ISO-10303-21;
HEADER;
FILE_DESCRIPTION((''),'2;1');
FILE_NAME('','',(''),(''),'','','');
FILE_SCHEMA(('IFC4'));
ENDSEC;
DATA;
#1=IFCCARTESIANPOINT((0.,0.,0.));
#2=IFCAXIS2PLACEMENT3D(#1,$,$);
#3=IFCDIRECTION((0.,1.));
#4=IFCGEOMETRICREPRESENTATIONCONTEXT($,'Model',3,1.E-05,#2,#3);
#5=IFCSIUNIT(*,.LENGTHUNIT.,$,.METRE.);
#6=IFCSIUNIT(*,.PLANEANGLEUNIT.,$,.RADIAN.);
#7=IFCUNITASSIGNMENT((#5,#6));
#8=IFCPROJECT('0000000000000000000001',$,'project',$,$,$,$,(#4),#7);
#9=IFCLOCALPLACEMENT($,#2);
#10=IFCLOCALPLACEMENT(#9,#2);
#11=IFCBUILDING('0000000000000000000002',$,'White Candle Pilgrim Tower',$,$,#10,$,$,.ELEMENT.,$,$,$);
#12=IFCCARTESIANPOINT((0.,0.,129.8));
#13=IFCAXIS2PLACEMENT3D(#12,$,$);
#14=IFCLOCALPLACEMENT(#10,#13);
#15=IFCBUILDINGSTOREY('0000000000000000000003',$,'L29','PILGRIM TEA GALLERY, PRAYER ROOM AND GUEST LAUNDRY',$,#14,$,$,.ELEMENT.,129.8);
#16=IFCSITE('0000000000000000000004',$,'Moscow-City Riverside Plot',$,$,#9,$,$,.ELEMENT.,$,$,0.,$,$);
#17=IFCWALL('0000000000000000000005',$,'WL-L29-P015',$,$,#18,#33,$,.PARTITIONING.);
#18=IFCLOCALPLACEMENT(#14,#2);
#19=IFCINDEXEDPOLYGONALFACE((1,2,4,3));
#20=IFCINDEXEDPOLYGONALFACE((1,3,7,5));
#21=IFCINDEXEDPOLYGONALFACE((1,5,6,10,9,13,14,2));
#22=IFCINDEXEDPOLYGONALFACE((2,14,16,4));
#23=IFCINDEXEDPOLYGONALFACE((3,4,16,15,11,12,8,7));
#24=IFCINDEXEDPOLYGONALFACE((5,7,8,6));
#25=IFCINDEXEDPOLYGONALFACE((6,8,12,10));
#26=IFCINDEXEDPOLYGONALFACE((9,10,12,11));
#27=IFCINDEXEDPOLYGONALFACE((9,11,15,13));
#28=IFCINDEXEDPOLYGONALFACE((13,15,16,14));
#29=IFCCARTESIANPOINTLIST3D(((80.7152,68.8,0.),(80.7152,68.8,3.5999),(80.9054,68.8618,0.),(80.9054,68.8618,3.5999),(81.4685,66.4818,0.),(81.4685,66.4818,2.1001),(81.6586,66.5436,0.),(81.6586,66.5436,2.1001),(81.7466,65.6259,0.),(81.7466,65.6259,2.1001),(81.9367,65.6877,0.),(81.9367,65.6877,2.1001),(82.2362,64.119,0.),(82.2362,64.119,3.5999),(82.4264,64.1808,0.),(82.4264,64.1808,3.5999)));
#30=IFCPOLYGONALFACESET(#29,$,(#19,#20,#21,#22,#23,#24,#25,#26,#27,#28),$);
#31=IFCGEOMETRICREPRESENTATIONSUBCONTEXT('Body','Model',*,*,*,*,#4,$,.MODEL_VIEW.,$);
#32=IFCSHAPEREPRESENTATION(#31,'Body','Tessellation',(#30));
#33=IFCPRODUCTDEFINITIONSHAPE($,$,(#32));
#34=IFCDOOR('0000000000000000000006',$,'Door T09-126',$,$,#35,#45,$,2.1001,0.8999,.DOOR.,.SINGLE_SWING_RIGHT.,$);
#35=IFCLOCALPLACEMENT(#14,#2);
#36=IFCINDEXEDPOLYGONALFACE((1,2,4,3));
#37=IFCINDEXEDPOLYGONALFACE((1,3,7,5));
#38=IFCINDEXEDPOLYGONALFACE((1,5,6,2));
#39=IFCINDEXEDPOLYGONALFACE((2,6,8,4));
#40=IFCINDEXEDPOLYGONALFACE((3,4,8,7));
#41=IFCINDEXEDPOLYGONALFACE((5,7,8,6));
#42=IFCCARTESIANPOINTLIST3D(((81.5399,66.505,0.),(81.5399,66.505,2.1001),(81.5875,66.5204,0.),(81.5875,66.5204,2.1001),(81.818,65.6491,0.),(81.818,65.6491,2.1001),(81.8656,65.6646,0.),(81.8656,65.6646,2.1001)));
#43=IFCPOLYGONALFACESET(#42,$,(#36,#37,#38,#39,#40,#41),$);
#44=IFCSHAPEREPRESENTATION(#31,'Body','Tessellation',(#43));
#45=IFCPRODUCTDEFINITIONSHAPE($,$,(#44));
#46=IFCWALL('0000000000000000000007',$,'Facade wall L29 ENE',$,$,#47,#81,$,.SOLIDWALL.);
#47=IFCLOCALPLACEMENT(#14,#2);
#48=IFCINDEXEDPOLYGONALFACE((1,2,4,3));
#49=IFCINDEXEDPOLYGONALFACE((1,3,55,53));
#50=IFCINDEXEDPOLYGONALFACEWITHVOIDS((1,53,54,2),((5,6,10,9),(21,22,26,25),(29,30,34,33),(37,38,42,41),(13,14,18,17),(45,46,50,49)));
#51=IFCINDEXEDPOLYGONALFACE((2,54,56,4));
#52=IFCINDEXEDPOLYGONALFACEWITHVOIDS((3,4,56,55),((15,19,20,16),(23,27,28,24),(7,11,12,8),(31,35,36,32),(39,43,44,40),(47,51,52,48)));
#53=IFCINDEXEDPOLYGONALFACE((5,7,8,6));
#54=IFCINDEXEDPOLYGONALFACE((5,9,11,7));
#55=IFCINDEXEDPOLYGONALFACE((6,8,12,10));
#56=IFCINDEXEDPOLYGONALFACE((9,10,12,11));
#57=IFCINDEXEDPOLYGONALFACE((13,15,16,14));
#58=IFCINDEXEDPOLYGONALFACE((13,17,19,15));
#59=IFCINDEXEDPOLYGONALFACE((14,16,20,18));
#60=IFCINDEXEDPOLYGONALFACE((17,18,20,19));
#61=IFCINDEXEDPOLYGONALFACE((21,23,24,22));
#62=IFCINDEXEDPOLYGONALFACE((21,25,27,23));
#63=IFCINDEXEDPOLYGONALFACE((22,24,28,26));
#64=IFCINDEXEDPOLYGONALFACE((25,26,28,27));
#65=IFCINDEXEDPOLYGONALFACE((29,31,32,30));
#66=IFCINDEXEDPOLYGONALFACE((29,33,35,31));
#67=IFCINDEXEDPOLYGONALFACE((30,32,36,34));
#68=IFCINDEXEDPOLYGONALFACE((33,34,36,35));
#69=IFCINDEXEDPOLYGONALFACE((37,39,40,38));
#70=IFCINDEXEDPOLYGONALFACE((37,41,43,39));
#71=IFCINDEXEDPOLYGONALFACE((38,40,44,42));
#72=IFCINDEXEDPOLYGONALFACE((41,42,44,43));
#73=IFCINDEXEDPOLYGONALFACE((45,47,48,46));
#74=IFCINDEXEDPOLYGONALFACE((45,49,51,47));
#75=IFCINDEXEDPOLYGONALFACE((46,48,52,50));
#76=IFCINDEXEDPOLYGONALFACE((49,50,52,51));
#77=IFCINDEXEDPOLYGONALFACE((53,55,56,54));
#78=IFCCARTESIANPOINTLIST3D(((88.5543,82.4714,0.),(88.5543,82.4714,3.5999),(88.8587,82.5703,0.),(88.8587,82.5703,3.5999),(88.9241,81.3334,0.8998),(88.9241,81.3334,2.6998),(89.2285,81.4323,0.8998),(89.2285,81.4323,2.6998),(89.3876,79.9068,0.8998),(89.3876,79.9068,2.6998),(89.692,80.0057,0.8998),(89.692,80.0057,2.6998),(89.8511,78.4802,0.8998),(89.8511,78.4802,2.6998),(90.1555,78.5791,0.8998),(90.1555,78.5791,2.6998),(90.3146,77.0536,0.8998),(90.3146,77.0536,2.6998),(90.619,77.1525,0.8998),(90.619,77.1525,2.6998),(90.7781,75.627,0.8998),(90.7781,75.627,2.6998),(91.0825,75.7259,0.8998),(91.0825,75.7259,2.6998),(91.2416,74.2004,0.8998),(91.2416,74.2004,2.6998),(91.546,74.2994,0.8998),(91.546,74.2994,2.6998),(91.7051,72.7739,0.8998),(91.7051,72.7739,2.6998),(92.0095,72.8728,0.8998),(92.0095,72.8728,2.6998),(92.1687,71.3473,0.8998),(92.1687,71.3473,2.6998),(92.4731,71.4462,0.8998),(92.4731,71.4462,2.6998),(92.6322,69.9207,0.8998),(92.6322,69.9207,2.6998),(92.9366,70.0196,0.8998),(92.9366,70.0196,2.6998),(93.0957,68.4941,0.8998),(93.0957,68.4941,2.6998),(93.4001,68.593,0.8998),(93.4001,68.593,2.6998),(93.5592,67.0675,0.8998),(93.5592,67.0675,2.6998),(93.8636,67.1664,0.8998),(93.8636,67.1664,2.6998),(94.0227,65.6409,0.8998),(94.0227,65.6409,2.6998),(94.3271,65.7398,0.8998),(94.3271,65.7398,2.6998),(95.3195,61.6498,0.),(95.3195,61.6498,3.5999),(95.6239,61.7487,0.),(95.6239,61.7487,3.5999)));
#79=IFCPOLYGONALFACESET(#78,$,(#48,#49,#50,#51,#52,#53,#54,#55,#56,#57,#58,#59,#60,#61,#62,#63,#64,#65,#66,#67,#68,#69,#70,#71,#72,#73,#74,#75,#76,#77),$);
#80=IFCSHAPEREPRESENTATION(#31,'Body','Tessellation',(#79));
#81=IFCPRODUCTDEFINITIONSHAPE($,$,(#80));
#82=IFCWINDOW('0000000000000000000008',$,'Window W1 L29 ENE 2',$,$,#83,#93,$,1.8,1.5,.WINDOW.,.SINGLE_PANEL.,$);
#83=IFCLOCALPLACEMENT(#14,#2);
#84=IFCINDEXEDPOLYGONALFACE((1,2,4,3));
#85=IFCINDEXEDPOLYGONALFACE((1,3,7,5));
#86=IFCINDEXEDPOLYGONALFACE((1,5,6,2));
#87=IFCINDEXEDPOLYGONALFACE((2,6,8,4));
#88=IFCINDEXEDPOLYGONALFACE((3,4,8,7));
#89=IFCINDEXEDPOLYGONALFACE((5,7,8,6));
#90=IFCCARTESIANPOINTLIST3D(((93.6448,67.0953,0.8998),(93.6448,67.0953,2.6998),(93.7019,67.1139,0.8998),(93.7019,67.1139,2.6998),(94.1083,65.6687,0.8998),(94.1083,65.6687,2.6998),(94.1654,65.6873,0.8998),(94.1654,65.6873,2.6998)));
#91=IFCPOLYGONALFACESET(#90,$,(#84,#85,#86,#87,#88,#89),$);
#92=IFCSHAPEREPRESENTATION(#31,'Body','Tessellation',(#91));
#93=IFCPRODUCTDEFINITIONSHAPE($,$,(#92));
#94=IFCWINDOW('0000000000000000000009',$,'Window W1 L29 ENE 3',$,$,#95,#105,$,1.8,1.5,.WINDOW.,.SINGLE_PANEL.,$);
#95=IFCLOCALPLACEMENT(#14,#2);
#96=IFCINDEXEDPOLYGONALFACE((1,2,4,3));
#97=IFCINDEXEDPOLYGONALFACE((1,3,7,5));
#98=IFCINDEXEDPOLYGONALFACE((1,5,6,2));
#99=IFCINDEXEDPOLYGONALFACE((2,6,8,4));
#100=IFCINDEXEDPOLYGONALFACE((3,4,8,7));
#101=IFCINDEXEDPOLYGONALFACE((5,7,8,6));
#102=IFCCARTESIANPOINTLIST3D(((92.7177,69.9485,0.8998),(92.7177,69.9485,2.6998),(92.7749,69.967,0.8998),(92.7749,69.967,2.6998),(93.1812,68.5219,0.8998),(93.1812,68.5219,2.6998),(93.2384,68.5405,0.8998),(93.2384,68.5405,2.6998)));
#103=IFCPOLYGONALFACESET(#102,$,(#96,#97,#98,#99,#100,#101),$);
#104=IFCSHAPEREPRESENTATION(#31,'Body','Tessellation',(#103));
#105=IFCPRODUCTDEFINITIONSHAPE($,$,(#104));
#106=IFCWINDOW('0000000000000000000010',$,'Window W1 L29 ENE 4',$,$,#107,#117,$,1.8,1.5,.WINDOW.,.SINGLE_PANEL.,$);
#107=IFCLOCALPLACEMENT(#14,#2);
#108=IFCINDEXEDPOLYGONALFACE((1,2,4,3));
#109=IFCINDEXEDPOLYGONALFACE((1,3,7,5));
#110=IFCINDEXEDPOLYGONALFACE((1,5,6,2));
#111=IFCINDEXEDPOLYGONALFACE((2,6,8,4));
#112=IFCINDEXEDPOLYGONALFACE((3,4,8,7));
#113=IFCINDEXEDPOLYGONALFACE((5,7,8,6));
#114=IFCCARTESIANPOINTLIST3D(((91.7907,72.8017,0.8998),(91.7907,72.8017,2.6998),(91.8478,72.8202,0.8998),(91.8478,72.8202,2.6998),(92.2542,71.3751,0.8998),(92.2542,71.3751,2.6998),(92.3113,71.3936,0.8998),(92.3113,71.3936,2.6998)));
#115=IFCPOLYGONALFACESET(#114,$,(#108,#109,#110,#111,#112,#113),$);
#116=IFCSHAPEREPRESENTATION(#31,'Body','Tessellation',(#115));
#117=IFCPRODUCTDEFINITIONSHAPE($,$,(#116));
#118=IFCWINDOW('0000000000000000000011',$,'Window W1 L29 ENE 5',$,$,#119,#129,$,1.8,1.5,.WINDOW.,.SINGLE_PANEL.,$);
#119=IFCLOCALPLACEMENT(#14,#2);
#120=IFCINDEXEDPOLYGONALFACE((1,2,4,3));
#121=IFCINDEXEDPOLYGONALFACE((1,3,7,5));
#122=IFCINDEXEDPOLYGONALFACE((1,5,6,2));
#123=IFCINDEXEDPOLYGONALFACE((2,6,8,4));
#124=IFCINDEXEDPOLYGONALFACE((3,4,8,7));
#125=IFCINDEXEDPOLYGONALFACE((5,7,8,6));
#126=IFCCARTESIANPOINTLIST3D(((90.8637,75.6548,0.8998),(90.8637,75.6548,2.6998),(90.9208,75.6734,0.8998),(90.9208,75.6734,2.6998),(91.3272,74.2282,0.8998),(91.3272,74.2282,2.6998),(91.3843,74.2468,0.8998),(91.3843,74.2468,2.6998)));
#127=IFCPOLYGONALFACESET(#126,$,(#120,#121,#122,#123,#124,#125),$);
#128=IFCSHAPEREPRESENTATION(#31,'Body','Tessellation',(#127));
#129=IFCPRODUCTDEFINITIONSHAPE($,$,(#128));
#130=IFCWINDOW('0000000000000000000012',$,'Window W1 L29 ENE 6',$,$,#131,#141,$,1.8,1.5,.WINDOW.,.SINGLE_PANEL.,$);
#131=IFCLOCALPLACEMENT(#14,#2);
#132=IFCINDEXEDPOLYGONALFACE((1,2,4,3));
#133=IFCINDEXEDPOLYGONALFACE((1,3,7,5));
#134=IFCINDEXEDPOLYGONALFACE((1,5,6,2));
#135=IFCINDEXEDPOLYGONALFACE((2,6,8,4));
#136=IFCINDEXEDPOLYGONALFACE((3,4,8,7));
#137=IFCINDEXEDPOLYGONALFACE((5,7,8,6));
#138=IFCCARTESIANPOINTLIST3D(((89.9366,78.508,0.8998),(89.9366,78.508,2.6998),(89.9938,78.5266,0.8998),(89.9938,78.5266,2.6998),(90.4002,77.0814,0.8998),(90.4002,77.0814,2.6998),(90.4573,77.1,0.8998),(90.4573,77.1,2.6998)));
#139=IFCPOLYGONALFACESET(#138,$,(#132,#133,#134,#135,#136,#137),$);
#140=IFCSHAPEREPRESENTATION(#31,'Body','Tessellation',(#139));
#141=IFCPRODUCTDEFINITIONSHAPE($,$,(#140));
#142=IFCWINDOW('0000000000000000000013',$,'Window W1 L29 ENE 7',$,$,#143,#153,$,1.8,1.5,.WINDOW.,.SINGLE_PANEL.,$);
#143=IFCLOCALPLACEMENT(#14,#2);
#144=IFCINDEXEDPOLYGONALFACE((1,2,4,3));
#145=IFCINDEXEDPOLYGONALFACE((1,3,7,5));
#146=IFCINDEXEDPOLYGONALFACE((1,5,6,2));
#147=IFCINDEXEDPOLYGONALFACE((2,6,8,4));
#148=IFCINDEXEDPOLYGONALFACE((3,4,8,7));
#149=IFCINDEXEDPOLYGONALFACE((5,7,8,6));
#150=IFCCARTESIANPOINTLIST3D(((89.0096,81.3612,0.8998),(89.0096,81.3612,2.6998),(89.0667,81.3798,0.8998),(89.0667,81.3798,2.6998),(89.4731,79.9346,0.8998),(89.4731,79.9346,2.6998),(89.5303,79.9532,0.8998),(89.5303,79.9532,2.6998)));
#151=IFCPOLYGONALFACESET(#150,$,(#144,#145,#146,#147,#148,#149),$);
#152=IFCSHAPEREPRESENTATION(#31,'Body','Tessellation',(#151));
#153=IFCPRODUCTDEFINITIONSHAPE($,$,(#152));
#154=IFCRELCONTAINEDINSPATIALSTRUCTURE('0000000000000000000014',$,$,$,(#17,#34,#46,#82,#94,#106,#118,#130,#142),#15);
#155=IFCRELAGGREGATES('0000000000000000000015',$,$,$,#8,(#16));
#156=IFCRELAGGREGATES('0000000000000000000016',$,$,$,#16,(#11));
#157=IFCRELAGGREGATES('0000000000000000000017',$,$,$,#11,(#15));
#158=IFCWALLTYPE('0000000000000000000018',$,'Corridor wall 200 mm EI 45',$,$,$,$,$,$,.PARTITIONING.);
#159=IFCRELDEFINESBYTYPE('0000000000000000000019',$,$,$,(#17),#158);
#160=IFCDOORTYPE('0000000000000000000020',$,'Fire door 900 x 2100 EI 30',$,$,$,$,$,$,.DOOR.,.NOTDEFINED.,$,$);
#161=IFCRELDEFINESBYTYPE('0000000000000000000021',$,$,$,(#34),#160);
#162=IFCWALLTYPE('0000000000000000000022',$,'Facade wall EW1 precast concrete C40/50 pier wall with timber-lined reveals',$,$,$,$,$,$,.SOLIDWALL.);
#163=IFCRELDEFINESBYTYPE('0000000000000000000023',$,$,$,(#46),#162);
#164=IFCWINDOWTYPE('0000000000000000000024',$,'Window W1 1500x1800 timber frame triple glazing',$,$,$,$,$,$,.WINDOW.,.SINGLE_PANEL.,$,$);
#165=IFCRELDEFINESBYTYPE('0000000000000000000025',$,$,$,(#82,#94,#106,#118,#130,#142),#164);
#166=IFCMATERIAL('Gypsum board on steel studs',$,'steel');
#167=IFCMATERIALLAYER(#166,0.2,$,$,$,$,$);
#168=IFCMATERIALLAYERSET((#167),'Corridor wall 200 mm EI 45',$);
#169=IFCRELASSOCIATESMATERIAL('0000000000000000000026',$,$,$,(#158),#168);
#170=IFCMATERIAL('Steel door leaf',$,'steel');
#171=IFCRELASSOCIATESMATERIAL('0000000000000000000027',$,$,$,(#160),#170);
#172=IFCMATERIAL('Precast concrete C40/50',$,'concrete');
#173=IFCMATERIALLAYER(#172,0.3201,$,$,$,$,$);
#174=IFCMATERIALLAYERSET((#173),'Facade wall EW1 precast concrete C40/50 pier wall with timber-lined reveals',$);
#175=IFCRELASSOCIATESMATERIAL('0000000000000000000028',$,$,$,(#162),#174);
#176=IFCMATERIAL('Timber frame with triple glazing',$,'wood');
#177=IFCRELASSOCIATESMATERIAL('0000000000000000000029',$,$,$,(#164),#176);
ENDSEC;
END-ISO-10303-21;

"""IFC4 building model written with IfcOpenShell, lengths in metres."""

from ifc_helpers import new_model, si_unit, direction, frame, frame_2d, origin, place, context, subcontext, project, spatial, rectangle, extrude, material, layer, layer_set, type_object, element, fill, save


model = new_model("IFC4")

# Units and contexts
model_context = context("Model", 3, precision=1e-05, world=origin(), true_north=direction((0.0, 1.0)))
body_context = subcontext(model_context, "Body", "Model", "MODEL_VIEW")
ifc_project = project(units=[si_unit("LENGTHUNIT", "METRE"), si_unit("PLANEANGLEUNIT", "RADIAN")], contexts=[model_context])

# Site, building, storey
site_placement = place(None, origin())
site = spatial("IfcSite", under=ifc_project, at=site_placement, Name="Moscow-City Riverside Plot", CompositionType="ELEMENT", RefElevation=0.0)
building_placement = place(site_placement, origin())
building = spatial("IfcBuilding", under=site, at=building_placement, Name="White Candle Pilgrim Tower", CompositionType="ELEMENT")
storey_placement = place(building_placement, frame((0.0, 0.0, 129.8)))
storey = spatial("IfcBuildingStorey", under=building, at=storey_placement, Name="L29", Description="PILGRIM TEA GALLERY, PRAYER ROOM AND GUEST LAUNDRY", CompositionType="ELEMENT", Elevation=129.8)

# Shared definitions
ifc_material_1 = material(Name="Gypsum board on steel studs", Category="steel")
ifc_layer_1 = layer(ifc_material_1, 0.2)
ifc_layer_set_1 = layer_set([ifc_layer_1], Name="Corridor wall 200 mm EI 45")
wall_type_1 = type_object("IfcWallType", Name="Corridor wall 200 mm EI 45", PredefinedType="PARTITIONING", material=ifc_layer_set_1)
ifc_material_2 = material(Name="Steel door leaf", Category="steel")
door_type_1 = type_object("IfcDoorType", Name="Fire door 900 x 2100 EI 30", OperationType="NOTDEFINED", PredefinedType="DOOR", material=ifc_material_2)

# Wall, opening, door
wall_1_placement = place(storey_placement, frame((82.3313, 64.1499, 0.0), z_axis=(0.0, 0.0, 1.0), x_axis=(-0.309031, 0.951052, 0.0)))
wall_1 = element("IfcWall", 1, at=wall_1_placement, inside=storey, type_object=wall_type_1, Name="WL-L29-P015", PredefinedType="PARTITIONING", context=body_context, shape_type="SweptSolid", body=[
    extrude(rectangle(XDim=4.9219, YDim=0.2, at=frame_2d((2.4609, 0.0))), origin(), (0.0, 0.0, 1.0), 3.5999),
])
opening_1_placement = place(wall_1_placement, frame((1.5845, 0.0, 0.0)))
opening_1 = element("IfcOpeningElement", 2, at=opening_1_placement, cuts=wall_1, PredefinedType="OPENING", context=body_context, shape_type="SweptSolid", body=[
    extrude(rectangle(XDim=0.8999, YDim=2.1001, at=frame_2d((0.45, 1.05))), frame((0.0, 0.1099, 0.0), z_axis=(0.0, -1.0, 0.0), x_axis=(1.0, 0.0, 0.0)), (0.0, 0.0, 1.0), 0.22),
])
door_1_placement = place(opening_1_placement, origin())
door_1 = element("IfcDoor", 3, at=door_1_placement, inside=storey, type_object=door_type_1, Name="Door T09-126", OperationType="SINGLE_SWING_RIGHT", OverallHeight=2.1001, OverallWidth=0.8999, PredefinedType="DOOR", context=body_context, shape_type="SweptSolid", body=[
    extrude(rectangle(XDim=0.8999, YDim=2.1001, at=frame_2d((0.45, 1.05))), frame((0.0, 0.0249, 0.0), z_axis=(0.0, -1.0, 0.0), x_axis=(1.0, 0.0, 0.0)), (0.0, 0.0, 1.0), 0.05),
])
fill(opening_1, door_1)

# Wall, openings, windows
ifc_material_3 = material(Name="Precast concrete C40/50", Category="concrete")
ifc_layer_2 = layer(ifc_material_3, 0.3201)
ifc_layer_set_2 = layer_set([ifc_layer_2], Name="Facade wall EW1 precast concrete C40/50 pier wall with timber-lined reveals")
wall_type_2 = type_object("IfcWallType", Name="Facade wall EW1 precast concrete C40/50 pier wall with timber-lined reveals", PredefinedType="SOLIDWALL", material=ifc_layer_set_2)
wall_2_placement = place(storey_placement, frame((95.4717, 61.6992, 0.0), z_axis=(0.0, 0.0, 1.0), x_axis=(-0.309009, 0.951059, 0.0)))
wall_2 = element("IfcWall", 4, at=wall_2_placement, inside=storey, type_object=wall_type_2, Name="Facade wall L29 ENE", PredefinedType="SOLIDWALL", context=body_context, shape_type="SweptSolid", body=[
    extrude(rectangle(XDim=21.8931, YDim=0.3201, at=frame_2d((10.9465, 0.0))), origin(), (0.0, 0.0, 1.0), 3.5999),
])
opening_2_placement = place(wall_2_placement, frame((4.1965, 0.0, 0.8999)))
opening_2 = element("IfcOpeningElement", 5, at=opening_2_placement, cuts=wall_2, PredefinedType="OPENING", context=body_context, shape_type="SweptSolid", body=[
    extrude(rectangle(XDim=1.5, YDim=1.8, at=frame_2d((0.75, 0.8999))), frame((0.0, 0.1699, 0.0), z_axis=(0.0, -1.0, 0.0), x_axis=(1.0, 0.0, 0.0)), (0.0, 0.0, 1.0), 0.3401),
])
opening_3_placement = place(wall_2_placement, frame((7.1965, 0.0, 0.8999)))
opening_3 = element("IfcOpeningElement", 6, at=opening_3_placement, cuts=wall_2, PredefinedType="OPENING", context=body_context, shape_type="SweptSolid", body=[
    extrude(rectangle(XDim=1.5, YDim=1.8, at=frame_2d((0.75, 0.8999))), frame((0.0, 0.1699, 0.0), z_axis=(0.0, -1.0, 0.0), x_axis=(1.0, 0.0, 0.0)), (0.0, 0.0, 1.0), 0.3401),
])
opening_4_placement = place(wall_2_placement, frame((10.1965, 0.0, 0.8999)))
opening_4 = element("IfcOpeningElement", 7, at=opening_4_placement, cuts=wall_2, PredefinedType="OPENING", context=body_context, shape_type="SweptSolid", body=[
    extrude(rectangle(XDim=1.5, YDim=1.8, at=frame_2d((0.75, 0.8999))), frame((0.0, 0.1699, 0.0), z_axis=(0.0, -1.0, 0.0), x_axis=(1.0, 0.0, 0.0)), (0.0, 0.0, 1.0), 0.3401),
])
opening_5_placement = place(wall_2_placement, frame((13.1965, 0.0, 0.8999)))
opening_5 = element("IfcOpeningElement", 8, at=opening_5_placement, cuts=wall_2, PredefinedType="OPENING", context=body_context, shape_type="SweptSolid", body=[
    extrude(rectangle(XDim=1.5, YDim=1.8, at=frame_2d((0.75, 0.8999))), frame((0.0, 0.1699, 0.0), z_axis=(0.0, -1.0, 0.0), x_axis=(1.0, 0.0, 0.0)), (0.0, 0.0, 1.0), 0.3401),
])
opening_6_placement = place(wall_2_placement, frame((16.1965, 0.0, 0.8999)))
opening_6 = element("IfcOpeningElement", 9, at=opening_6_placement, cuts=wall_2, PredefinedType="OPENING", context=body_context, shape_type="SweptSolid", body=[
    extrude(rectangle(XDim=1.5, YDim=1.8, at=frame_2d((0.75, 0.8999))), frame((0.0, 0.1699, 0.0), z_axis=(0.0, -1.0, 0.0), x_axis=(1.0, 0.0, 0.0)), (0.0, 0.0, 1.0), 0.3401),
])
opening_7_placement = place(wall_2_placement, frame((19.1965, 0.0, 0.8999)))
opening_7 = element("IfcOpeningElement", 10, at=opening_7_placement, cuts=wall_2, PredefinedType="OPENING", context=body_context, shape_type="SweptSolid", body=[
    extrude(rectangle(XDim=1.5, YDim=1.8, at=frame_2d((0.75, 0.8999))), frame((0.0, 0.1699, 0.0), z_axis=(0.0, -1.0, 0.0), x_axis=(1.0, 0.0, 0.0)), (0.0, 0.0, 1.0), 0.3401),
])
ifc_material_4 = material(Name="Timber frame with triple glazing", Category="wood")
window_type = type_object("IfcWindowType", Name="Window W1 1500x1800 timber frame triple glazing", PartitioningType="SINGLE_PANEL", PredefinedType="WINDOW", material=ifc_material_4)
window_1_placement = place(opening_2_placement, origin())
window_1 = element("IfcWindow", 11, at=window_1_placement, inside=storey, type_object=window_type, Name="Window W1 L29 ENE 2", OverallHeight=1.8, OverallWidth=1.5, PartitioningType="SINGLE_PANEL", PredefinedType="WINDOW", context=body_context, shape_type="SweptSolid", body=[
    extrude(rectangle(XDim=1.5, YDim=1.8, at=frame_2d((0.75, 0.8999))), frame((0.0, 0.0701, 0.0), z_axis=(0.0, -1.0, 0.0), x_axis=(1.0, 0.0, 0.0)), (0.0, 0.0, 1.0), 0.0601),
])
fill(opening_2, window_1)
window_2_placement = place(opening_3_placement, origin())
window_2 = element("IfcWindow", 12, at=window_2_placement, inside=storey, type_object=window_type, Name="Window W1 L29 ENE 3", OverallHeight=1.8, OverallWidth=1.5, PartitioningType="SINGLE_PANEL", PredefinedType="WINDOW", context=body_context, shape_type="SweptSolid", body=[
    extrude(rectangle(XDim=1.5, YDim=1.8, at=frame_2d((0.75, 0.8999))), frame((0.0, 0.0701, 0.0), z_axis=(0.0, -1.0, 0.0), x_axis=(1.0, 0.0, 0.0)), (0.0, 0.0, 1.0), 0.0601),
])
fill(opening_3, window_2)
window_3_placement = place(opening_4_placement, origin())
window_3 = element("IfcWindow", 13, at=window_3_placement, inside=storey, type_object=window_type, Name="Window W1 L29 ENE 4", OverallHeight=1.8, OverallWidth=1.5, PartitioningType="SINGLE_PANEL", PredefinedType="WINDOW", context=body_context, shape_type="SweptSolid", body=[
    extrude(rectangle(XDim=1.5, YDim=1.8, at=frame_2d((0.75, 0.8999))), frame((0.0, 0.0701, 0.0), z_axis=(0.0, -1.0, 0.0), x_axis=(1.0, 0.0, 0.0)), (0.0, 0.0, 1.0), 0.0601),
])
fill(opening_4, window_3)
window_4_placement = place(opening_5_placement, origin())
window_4 = element("IfcWindow", 14, at=window_4_placement, inside=storey, type_object=window_type, Name="Window W1 L29 ENE 5", OverallHeight=1.8, OverallWidth=1.5, PartitioningType="SINGLE_PANEL", PredefinedType="WINDOW", context=body_context, shape_type="SweptSolid", body=[
    extrude(rectangle(XDim=1.5, YDim=1.8, at=frame_2d((0.75, 0.8999))), frame((0.0, 0.0701, 0.0), z_axis=(0.0, -1.0, 0.0), x_axis=(1.0, 0.0, 0.0)), (0.0, 0.0, 1.0), 0.0601),
])
fill(opening_5, window_4)
window_5_placement = place(opening_6_placement, origin())
window_5 = element("IfcWindow", 15, at=window_5_placement, inside=storey, type_object=window_type, Name="Window W1 L29 ENE 6", OverallHeight=1.8, OverallWidth=1.5, PartitioningType="SINGLE_PANEL", PredefinedType="WINDOW", context=body_context, shape_type="SweptSolid", body=[
    extrude(rectangle(XDim=1.5, YDim=1.8, at=frame_2d((0.75, 0.8999))), frame((0.0, 0.0701, 0.0), z_axis=(0.0, -1.0, 0.0), x_axis=(1.0, 0.0, 0.0)), (0.0, 0.0, 1.0), 0.0601),
])
fill(opening_6, window_5)
window_6_placement = place(opening_7_placement, origin())
window_6 = element("IfcWindow", 16, at=window_6_placement, inside=storey, type_object=window_type, Name="Window W1 L29 ENE 7", OverallHeight=1.8, OverallWidth=1.5, PartitioningType="SINGLE_PANEL", PredefinedType="WINDOW", context=body_context, shape_type="SweptSolid", body=[
    extrude(rectangle(XDim=1.5, YDim=1.8, at=frame_2d((0.75, 0.8999))), frame((0.0, 0.0701, 0.0), z_axis=(0.0, -1.0, 0.0), x_axis=(1.0, 0.0, 0.0)), (0.0, 0.0, 1.0), 0.0601),
])
fill(opening_7, window_6)

save(model, "model.ifc")
